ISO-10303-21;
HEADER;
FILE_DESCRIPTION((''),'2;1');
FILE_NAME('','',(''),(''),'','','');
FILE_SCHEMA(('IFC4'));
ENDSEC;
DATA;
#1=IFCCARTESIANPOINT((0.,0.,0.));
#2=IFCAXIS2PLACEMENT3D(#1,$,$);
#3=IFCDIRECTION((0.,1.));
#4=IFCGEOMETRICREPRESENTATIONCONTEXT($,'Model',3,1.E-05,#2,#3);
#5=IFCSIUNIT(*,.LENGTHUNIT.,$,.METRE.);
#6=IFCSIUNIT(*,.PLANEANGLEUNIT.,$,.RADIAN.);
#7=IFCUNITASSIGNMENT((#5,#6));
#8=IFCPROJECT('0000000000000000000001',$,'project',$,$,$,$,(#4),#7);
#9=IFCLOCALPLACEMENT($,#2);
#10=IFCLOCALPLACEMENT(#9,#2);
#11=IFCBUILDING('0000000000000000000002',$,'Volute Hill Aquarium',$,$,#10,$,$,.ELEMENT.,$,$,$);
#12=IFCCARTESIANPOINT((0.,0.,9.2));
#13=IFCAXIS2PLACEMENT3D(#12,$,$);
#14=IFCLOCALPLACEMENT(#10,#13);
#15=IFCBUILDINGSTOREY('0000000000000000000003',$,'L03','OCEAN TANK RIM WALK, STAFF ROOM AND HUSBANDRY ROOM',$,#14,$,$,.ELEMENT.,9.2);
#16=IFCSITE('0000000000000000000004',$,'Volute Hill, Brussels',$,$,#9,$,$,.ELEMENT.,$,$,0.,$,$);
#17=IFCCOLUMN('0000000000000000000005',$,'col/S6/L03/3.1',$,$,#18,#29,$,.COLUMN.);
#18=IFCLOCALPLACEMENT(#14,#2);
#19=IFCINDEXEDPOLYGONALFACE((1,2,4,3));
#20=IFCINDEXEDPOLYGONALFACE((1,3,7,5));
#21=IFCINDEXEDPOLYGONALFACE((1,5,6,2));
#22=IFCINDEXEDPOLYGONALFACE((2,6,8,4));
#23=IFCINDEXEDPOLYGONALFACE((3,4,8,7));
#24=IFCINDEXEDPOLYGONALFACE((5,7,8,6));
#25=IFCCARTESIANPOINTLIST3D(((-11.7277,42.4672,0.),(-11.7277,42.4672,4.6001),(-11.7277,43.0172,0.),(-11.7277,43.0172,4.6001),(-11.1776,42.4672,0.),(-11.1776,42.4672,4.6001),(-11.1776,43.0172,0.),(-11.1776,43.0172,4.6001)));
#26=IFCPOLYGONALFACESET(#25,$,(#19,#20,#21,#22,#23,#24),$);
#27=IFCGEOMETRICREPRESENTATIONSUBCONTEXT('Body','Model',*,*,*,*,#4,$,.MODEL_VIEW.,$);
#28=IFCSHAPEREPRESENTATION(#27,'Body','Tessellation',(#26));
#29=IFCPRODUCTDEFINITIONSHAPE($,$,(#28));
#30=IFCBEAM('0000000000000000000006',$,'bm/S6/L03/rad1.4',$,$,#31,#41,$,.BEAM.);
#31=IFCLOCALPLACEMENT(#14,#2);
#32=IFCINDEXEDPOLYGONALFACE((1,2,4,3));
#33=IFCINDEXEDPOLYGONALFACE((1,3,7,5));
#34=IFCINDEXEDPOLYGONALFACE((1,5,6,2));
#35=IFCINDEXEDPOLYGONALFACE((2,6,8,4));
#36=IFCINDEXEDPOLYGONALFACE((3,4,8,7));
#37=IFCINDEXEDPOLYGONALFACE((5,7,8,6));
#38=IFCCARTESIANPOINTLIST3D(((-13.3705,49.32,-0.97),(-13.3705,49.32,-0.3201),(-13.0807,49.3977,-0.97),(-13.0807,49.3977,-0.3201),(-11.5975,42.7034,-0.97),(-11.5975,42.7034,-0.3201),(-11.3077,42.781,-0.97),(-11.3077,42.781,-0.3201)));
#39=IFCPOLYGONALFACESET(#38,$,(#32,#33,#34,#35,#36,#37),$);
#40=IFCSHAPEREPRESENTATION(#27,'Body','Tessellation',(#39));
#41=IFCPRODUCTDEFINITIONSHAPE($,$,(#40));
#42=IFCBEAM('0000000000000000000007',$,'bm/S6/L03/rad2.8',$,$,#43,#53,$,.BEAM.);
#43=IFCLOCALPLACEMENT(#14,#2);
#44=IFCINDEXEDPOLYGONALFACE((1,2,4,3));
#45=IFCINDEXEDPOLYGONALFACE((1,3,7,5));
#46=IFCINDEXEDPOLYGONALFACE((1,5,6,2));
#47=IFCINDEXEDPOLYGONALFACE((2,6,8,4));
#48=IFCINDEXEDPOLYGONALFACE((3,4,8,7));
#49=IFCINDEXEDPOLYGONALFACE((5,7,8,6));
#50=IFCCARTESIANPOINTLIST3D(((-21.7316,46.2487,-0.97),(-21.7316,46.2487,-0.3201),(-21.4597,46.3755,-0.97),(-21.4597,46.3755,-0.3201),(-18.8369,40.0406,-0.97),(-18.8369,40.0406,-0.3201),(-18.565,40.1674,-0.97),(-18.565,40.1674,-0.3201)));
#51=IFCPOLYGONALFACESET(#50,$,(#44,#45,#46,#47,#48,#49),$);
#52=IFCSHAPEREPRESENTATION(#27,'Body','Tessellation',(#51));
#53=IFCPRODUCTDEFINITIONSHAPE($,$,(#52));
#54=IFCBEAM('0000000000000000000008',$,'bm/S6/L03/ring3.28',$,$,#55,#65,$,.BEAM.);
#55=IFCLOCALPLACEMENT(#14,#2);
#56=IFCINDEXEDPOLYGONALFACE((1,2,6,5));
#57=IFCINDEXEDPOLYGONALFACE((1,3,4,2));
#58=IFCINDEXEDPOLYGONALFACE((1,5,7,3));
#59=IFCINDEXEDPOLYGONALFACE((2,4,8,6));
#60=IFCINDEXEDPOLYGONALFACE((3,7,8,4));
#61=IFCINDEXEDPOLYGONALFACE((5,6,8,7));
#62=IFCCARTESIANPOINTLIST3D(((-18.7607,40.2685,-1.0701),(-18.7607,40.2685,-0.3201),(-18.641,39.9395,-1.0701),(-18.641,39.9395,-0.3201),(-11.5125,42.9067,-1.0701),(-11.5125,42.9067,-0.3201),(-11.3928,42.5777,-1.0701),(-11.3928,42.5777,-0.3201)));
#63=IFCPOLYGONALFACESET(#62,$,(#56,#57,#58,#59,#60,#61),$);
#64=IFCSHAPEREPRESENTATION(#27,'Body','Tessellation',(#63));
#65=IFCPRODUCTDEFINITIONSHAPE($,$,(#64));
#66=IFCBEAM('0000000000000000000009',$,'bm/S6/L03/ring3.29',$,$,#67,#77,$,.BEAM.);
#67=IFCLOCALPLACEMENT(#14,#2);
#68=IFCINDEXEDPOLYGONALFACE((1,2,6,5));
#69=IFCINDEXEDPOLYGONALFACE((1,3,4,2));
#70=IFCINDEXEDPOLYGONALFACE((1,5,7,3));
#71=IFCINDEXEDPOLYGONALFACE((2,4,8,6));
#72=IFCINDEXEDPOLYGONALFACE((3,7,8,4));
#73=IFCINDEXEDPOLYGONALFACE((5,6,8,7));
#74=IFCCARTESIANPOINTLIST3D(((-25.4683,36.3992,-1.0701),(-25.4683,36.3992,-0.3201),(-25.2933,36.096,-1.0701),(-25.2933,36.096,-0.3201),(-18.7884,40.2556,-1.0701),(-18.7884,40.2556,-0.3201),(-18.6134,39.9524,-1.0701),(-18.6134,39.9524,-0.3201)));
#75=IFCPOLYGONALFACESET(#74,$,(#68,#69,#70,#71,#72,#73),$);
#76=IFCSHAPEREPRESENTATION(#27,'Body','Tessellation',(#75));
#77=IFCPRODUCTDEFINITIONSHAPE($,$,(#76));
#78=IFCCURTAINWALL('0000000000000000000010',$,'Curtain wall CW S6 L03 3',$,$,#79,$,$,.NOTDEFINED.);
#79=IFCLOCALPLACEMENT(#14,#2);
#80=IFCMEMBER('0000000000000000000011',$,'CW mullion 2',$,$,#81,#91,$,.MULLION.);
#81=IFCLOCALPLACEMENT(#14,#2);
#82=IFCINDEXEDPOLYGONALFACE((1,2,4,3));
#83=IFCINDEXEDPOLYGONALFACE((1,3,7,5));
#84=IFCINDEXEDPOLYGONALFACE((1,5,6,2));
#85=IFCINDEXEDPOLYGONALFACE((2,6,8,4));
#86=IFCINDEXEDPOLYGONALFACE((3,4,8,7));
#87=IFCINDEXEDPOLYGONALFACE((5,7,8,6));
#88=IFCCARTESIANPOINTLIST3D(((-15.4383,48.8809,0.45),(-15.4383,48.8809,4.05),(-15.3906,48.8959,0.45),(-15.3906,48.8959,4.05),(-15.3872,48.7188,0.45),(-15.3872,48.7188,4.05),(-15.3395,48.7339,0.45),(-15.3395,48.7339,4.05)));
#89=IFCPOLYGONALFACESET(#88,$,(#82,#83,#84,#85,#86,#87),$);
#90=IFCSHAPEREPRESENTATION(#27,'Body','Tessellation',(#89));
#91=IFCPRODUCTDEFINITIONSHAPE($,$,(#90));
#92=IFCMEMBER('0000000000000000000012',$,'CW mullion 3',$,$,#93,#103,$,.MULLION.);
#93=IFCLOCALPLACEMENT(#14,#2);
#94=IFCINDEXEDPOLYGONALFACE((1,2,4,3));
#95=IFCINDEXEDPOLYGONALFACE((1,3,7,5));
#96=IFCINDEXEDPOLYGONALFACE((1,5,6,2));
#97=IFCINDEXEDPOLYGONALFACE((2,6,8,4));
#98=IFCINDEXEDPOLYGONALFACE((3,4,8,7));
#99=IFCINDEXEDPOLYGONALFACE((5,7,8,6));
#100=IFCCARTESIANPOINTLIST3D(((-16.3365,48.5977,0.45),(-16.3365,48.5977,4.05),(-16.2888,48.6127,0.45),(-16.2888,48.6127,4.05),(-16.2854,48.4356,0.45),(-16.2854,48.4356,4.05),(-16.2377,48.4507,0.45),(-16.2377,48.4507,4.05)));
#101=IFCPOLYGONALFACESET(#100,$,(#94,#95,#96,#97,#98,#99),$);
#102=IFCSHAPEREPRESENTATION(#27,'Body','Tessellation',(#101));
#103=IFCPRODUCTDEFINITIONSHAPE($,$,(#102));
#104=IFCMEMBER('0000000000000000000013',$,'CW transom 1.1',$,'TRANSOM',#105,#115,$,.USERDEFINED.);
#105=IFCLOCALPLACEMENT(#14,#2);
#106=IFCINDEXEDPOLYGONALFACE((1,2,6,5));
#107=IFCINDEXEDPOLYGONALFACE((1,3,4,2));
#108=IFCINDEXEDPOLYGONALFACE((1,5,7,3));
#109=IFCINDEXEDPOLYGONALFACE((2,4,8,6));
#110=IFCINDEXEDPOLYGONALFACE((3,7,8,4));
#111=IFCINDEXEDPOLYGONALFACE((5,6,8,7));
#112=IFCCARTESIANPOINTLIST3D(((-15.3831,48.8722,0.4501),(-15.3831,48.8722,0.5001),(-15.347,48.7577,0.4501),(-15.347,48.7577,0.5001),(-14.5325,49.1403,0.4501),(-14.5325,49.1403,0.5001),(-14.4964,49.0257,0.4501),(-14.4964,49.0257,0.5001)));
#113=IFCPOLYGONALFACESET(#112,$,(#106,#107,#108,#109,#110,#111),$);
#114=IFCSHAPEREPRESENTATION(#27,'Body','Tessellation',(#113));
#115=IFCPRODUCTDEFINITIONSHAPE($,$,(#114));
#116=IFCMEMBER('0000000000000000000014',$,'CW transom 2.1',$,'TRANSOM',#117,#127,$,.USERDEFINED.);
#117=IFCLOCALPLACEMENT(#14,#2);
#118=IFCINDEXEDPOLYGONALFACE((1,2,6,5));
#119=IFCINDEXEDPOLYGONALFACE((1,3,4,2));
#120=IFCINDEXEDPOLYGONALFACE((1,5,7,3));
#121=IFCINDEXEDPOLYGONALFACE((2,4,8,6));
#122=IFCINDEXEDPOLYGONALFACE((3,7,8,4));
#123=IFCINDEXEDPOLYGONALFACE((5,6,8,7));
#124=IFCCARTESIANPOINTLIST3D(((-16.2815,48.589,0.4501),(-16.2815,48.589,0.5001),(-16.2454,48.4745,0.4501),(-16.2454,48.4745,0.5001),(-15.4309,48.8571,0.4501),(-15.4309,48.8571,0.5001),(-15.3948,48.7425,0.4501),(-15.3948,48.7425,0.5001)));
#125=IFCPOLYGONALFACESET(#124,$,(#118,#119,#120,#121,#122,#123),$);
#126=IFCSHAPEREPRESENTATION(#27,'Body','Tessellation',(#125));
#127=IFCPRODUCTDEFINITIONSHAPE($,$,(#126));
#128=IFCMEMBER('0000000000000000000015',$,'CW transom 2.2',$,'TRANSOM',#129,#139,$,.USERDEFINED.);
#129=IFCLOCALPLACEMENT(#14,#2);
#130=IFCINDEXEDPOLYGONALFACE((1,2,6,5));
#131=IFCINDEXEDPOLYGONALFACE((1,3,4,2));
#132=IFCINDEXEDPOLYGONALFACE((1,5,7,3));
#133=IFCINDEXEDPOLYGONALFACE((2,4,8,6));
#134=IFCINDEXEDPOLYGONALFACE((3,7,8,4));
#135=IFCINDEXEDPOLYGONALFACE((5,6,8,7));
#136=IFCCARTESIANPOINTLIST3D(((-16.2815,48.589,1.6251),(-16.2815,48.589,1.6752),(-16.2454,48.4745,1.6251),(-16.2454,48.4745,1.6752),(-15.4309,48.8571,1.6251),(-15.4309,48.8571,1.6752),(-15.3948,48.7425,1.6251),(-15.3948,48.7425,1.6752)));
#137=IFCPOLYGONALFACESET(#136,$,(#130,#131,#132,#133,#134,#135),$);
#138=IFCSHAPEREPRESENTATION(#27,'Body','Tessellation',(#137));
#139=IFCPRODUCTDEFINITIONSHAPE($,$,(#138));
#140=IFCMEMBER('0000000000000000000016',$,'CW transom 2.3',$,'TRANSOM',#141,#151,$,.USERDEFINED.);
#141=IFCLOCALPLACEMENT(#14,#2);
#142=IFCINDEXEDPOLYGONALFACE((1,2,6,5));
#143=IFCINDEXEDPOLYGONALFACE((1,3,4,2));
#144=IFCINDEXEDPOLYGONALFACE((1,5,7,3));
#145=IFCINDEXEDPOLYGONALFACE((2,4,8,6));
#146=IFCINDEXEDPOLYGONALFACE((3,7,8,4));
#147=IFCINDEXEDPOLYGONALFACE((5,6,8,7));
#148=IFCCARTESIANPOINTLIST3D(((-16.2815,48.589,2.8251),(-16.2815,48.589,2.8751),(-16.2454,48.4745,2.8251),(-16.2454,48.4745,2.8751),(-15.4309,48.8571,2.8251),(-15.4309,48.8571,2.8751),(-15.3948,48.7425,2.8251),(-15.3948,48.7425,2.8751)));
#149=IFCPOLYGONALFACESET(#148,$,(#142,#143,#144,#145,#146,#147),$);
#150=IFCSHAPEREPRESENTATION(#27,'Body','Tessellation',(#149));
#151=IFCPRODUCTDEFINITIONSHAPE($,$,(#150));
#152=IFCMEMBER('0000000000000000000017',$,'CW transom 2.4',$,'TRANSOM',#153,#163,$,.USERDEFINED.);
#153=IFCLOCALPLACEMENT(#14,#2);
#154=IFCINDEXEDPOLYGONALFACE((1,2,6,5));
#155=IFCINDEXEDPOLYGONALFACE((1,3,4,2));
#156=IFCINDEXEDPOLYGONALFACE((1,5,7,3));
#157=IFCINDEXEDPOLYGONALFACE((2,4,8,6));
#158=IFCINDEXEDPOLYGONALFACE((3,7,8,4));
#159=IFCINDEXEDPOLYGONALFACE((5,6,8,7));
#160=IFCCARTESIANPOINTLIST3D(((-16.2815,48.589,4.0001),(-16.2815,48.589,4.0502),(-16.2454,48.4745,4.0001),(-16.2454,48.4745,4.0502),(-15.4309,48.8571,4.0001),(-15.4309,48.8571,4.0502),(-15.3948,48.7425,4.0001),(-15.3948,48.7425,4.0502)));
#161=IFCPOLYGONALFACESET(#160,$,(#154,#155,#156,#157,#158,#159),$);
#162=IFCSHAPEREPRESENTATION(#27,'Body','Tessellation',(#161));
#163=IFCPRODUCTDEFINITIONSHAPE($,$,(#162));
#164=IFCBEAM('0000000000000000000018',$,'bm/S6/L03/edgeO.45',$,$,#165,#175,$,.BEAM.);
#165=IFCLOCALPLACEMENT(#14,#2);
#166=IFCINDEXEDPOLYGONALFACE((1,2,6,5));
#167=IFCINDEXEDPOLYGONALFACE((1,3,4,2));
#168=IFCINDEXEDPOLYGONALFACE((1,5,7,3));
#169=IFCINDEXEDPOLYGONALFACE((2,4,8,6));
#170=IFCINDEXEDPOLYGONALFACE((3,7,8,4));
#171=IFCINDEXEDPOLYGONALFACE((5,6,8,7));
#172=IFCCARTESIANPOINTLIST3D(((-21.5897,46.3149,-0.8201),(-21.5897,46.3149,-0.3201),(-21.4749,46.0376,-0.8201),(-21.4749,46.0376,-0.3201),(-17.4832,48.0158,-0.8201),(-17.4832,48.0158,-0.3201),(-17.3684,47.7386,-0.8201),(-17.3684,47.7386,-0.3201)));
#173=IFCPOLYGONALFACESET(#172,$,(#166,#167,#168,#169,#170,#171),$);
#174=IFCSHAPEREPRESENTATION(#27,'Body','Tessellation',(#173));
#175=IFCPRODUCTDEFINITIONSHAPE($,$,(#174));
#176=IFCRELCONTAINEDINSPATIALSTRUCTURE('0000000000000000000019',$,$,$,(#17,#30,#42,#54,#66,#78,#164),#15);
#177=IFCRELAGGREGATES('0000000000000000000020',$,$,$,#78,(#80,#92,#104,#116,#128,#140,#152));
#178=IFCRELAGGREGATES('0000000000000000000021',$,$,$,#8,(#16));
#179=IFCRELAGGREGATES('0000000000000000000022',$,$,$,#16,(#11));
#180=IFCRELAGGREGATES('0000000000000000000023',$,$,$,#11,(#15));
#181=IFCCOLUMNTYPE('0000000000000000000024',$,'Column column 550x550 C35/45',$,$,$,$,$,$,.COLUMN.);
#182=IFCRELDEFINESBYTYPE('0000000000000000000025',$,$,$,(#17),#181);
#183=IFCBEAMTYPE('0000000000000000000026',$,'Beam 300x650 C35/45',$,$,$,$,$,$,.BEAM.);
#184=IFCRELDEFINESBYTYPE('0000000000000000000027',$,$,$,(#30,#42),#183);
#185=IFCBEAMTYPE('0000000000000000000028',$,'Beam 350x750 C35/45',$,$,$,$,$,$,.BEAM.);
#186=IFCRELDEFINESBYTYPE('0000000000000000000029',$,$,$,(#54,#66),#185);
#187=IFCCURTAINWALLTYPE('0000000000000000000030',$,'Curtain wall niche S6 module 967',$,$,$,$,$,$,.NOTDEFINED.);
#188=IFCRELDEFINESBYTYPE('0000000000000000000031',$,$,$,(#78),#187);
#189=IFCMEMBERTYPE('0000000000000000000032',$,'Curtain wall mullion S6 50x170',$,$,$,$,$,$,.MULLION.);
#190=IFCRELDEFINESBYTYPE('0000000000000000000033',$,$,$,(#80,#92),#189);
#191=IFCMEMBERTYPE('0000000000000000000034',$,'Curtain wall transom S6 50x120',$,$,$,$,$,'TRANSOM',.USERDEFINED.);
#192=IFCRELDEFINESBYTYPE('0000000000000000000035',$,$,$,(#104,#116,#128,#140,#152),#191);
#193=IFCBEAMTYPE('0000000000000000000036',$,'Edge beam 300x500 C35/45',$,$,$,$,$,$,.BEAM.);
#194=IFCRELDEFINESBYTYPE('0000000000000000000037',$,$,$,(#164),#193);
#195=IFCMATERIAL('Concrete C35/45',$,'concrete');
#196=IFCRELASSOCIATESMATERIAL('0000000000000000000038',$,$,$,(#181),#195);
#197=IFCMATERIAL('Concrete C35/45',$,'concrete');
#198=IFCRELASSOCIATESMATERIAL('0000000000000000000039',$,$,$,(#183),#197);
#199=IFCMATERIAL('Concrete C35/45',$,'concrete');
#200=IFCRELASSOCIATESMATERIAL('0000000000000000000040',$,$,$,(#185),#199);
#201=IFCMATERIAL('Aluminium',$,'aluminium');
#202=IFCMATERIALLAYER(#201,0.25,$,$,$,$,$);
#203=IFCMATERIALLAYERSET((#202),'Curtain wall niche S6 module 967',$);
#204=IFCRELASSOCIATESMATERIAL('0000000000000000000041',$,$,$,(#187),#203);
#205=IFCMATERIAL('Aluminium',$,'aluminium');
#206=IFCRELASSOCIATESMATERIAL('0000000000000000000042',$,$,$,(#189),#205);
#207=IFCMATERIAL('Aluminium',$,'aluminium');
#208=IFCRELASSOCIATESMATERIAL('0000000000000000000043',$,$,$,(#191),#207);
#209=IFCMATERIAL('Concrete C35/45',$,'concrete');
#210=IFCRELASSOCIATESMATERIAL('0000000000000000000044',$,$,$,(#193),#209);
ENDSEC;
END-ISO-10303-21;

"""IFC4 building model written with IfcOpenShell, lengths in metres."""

from ifc_helpers import new_model, si_unit, direction, frame, origin, origin_2d, place, context, subcontext, project, spatial, rectangle, extrude, material, layer, layer_set, material_profile, profile_set, type_object, element, aggregate, save


model = new_model("IFC4")

# Units and contexts
model_context = context("Model", 3, precision=1e-05, world=origin(), true_north=direction((0.0, 1.0)))
body_context = subcontext(model_context, "Body", "Model", "MODEL_VIEW")
ifc_project = project(units=[si_unit("LENGTHUNIT", "METRE"), si_unit("PLANEANGLEUNIT", "RADIAN")], contexts=[model_context])

# Site, building, storey
site_placement = place(None, origin())
site = spatial("IfcSite", under=ifc_project, at=site_placement, Name="Volute Hill, Brussels", CompositionType="ELEMENT", RefElevation=0.0)
building_placement = place(site_placement, origin())
building = spatial("IfcBuilding", under=site, at=building_placement, Name="Volute Hill Aquarium", CompositionType="ELEMENT")
storey_placement = place(building_placement, frame((0.0, 0.0, 9.2)))
storey = spatial("IfcBuildingStorey", under=building, at=storey_placement, Name="L03", Description="OCEAN TANK RIM WALK, STAFF ROOM AND HUSBANDRY ROOM", CompositionType="ELEMENT", Elevation=9.2)

# Column
ifc_material_1 = material(Name="Concrete C35/45", Category="concrete")
ifc_material_profile_1 = material_profile(ifc_material_1, rectangle(XDim=0.55, YDim=0.55, at=origin_2d()), Name="RC column 550x550")
ifc_profile_set_1 = profile_set([ifc_material_profile_1], Name="Concrete C35/45")
column_type = type_object("IfcColumnType", Name="Column column 550x550 C35/45", PredefinedType="COLUMN", material=ifc_profile_set_1)
column_placement = place(storey_placement, frame((-11.4526, 42.7422, 0.0), z_axis=(0.0, 0.0, 1.0), x_axis=(1.0, 0.0, 0.0)))
element("IfcColumn", 1, at=column_placement, inside=storey, type_object=column_type, Name="col/S6/L03/3.1", PredefinedType="COLUMN", context=body_context, shape_type="SweptSolid", body=[
    extrude(rectangle(XDim=0.55, YDim=0.55, at=origin_2d()), origin(), (0.0, 0.0, 1.0), 4.6001),
])

# Beams
ifc_material_2 = material(Name="Concrete C35/45", Category="concrete")
ifc_material_profile_2 = material_profile(ifc_material_2, rectangle(XDim=0.3, YDim=0.6499, at=origin_2d()), Name="RC beam 300x650")
ifc_profile_set_2 = profile_set([ifc_material_profile_2], Name="Concrete C35/45")
beam_type_1 = type_object("IfcBeamType", Name="Beam 300x650 C35/45", PredefinedType="BEAM", material=ifc_profile_set_2)
beam_1_placement = place(storey_placement, frame((-11.4526, 42.7422, -0.645), z_axis=(-0.25882, 0.965925, 0.0), x_axis=(-0.965925, -0.25882, 0.0)))
element("IfcBeam", 2, at=beam_1_placement, inside=storey, type_object=beam_type_1, Name="bm/S6/L03/rad1.4", PredefinedType="BEAM", context=body_context, shape_type="SweptSolid", body=[
    extrude(rectangle(XDim=0.3, YDim=0.6499, at=origin_2d()), origin(), (0.0, 0.0, 1.0), 6.8501),
])
beam_2_placement = place(storey_placement, frame((-18.7009, 40.104, -0.645), z_axis=(-0.422597, 0.906318, 0.0), x_axis=(-0.906318, -0.422597, 0.0)))
element("IfcBeam", 3, at=beam_2_placement, inside=storey, type_object=beam_type_1, Name="bm/S6/L03/rad2.8", PredefinedType="BEAM", context=body_context, shape_type="SweptSolid", body=[
    extrude(rectangle(XDim=0.3, YDim=0.6499, at=origin_2d()), origin(), (0.0, 0.0, 1.0), 6.8499),
])
ifc_material_3 = material(Name="Concrete C35/45", Category="concrete")
ifc_material_profile_3 = material_profile(ifc_material_3, rectangle(XDim=0.3501, YDim=0.75, at=origin_2d()), Name="RC beam 350x750")
ifc_profile_set_3 = profile_set([ifc_material_profile_3], Name="Concrete C35/45")
beam_type_2 = type_object("IfcBeamType", Name="Beam 350x750 C35/45", PredefinedType="BEAM", material=ifc_profile_set_3)
beam_3_placement = place(storey_placement, frame((-11.4526, 42.7422, -0.6951), z_axis=(-0.939692, -0.342023, 0.0), x_axis=(0.342023, -0.939692, 0.0)))
element("IfcBeam", 4, at=beam_3_placement, inside=storey, type_object=beam_type_2, Name="bm/S6/L03/ring3.28", PredefinedType="BEAM", context=body_context, shape_type="SweptSolid", body=[
    extrude(rectangle(XDim=0.3501, YDim=0.75, at=origin_2d()), origin(), (0.0, 0.0, 1.0), 7.7134),
])
beam_4_placement = place(storey_placement, frame((-18.7009, 40.104, -0.6951), z_axis=(-0.866037, -0.499979, 0.0), x_axis=(0.499979, -0.866037, 0.0)))
element("IfcBeam", 5, at=beam_4_placement, inside=storey, type_object=beam_type_2, Name="bm/S6/L03/ring3.29", PredefinedType="BEAM", context=body_context, shape_type="SweptSolid", body=[
    extrude(rectangle(XDim=0.3501, YDim=0.75, at=origin_2d()), origin(), (0.0, 0.0, 1.0), 7.7131),
])

# Curtain wall, members
ifc_material_4 = material(Name="Aluminium", Category="aluminium")
ifc_layer_1 = layer(ifc_material_4, 0.25)
ifc_layer_set_1 = layer_set([ifc_layer_1], Name="Curtain wall niche S6 module 967")
curtain_wall_type = type_object("IfcCurtainWallType", Name="Curtain wall niche S6 module 967", PredefinedType="NOTDEFINED", material=ifc_layer_set_1)
curtain_wall_placement = place(storey_placement, origin())
curtain_wall = element("IfcCurtainWall", 6, at=curtain_wall_placement, inside=storey, type_object=curtain_wall_type, Name="Curtain wall CW S6 L03 3", PredefinedType="NOTDEFINED")
ifc_material_5 = material(Name="Aluminium", Category="aluminium")
ifc_material_profile_4 = material_profile(ifc_material_5, rectangle(XDim=0.1699, YDim=0.05, at=origin_2d()), Name="Curtain wall mullion S6 50x170")
ifc_profile_set_4 = profile_set([ifc_material_profile_4], Name="Aluminium")
member_type_1 = type_object("IfcMemberType", Name="Curtain wall mullion S6 50x170", PredefinedType="MULLION", material=ifc_profile_set_4)
member_1_placement = place(storey_placement, frame((-15.3889, 48.8074, 0.45), z_axis=(0.0, 0.0, 1.0), x_axis=(0.300706, -0.953717, 0.0)))
member_1 = element("IfcMember", 7, at=member_1_placement, type_object=member_type_1, Name="CW mullion 2", PredefinedType="MULLION", context=body_context, shape_type="SweptSolid", body=[
    extrude(rectangle(XDim=0.1699, YDim=0.05, at=origin_2d()), origin(), (0.0, 0.0, 1.0), 3.6001),
])
member_2_placement = place(storey_placement, frame((-16.2871, 48.5242, 0.45), z_axis=(0.0, 0.0, 1.0), x_axis=(0.300706, -0.953717, 0.0)))
member_2 = element("IfcMember", 8, at=member_2_placement, type_object=member_type_1, Name="CW mullion 3", PredefinedType="MULLION", context=body_context, shape_type="SweptSolid", body=[
    extrude(rectangle(XDim=0.1699, YDim=0.05, at=origin_2d()), origin(), (0.0, 0.0, 1.0), 3.6001),
])
ifc_material_6 = material(Name="Aluminium", Category="aluminium")
ifc_material_profile_5 = material_profile(ifc_material_6, rectangle(XDim=0.1201, YDim=0.05, at=origin_2d()), Name="Curtain wall transom S6 50x120")
ifc_profile_set_5 = profile_set([ifc_material_profile_5], Name="Aluminium")
member_type_2 = type_object("IfcMemberType", Name="Curtain wall transom S6 50x120", ElementType="TRANSOM", PredefinedType="USERDEFINED", material=ifc_profile_set_5)
member_3_placement = place(storey_placement, frame((-14.5144, 49.083, 0.4751), z_axis=(-0.953756, -0.300581, 0.0), x_axis=(0.300581, -0.953756, 0.0)))
member_3 = element("IfcMember", 9, at=member_3_placement, type_object=member_type_2, Name="CW transom 1.1", ObjectType="TRANSOM", PredefinedType="USERDEFINED", context=body_context, shape_type="SweptSolid", body=[
    extrude(rectangle(XDim=0.1201, YDim=0.05, at=origin_2d()), origin(), (0.0, 0.0, 1.0), 0.8918),
])
member_4_placement = place(storey_placement, frame((-15.4128, 48.7998, 0.4751), z_axis=(-0.953756, -0.300581, 0.0), x_axis=(0.300581, -0.953756, 0.0)))
member_4 = element("IfcMember", 10, at=member_4_placement, type_object=member_type_2, Name="CW transom 2.1", ObjectType="TRANSOM", PredefinedType="USERDEFINED", context=body_context, shape_type="SweptSolid", body=[
    extrude(rectangle(XDim=0.1201, YDim=0.05, at=origin_2d()), origin(), (0.0, 0.0, 1.0), 0.8918),
])
member_5_placement = place(storey_placement, frame((-15.4128, 48.7998, 1.6501), z_axis=(-0.953756, -0.300581, 0.0), x_axis=(0.300581, -0.953756, 0.0)))
member_5 = element("IfcMember", 11, at=member_5_placement, type_object=member_type_2, Name="CW transom 2.2", ObjectType="TRANSOM", PredefinedType="USERDEFINED", context=body_context, shape_type="SweptSolid", body=[
    extrude(rectangle(XDim=0.1201, YDim=0.05, at=origin_2d()), origin(), (0.0, 0.0, 1.0), 0.8918),
])
member_6_placement = place(storey_placement, frame((-15.4128, 48.7998, 2.8501), z_axis=(-0.953756, -0.300581, 0.0), x_axis=(0.300581, -0.953756, 0.0)))
member_6 = element("IfcMember", 12, at=member_6_placement, type_object=member_type_2, Name="CW transom 2.3", ObjectType="TRANSOM", PredefinedType="USERDEFINED", context=body_context, shape_type="SweptSolid", body=[
    extrude(rectangle(XDim=0.1201, YDim=0.05, at=origin_2d()), origin(), (0.0, 0.0, 1.0), 0.8918),
])
member_7_placement = place(storey_placement, frame((-15.4128, 48.7998, 4.0251), z_axis=(-0.953756, -0.300581, 0.0), x_axis=(0.300581, -0.953756, 0.0)))
member_7 = element("IfcMember", 13, at=member_7_placement, type_object=member_type_2, Name="CW transom 2.4", ObjectType="TRANSOM", PredefinedType="USERDEFINED", context=body_context, shape_type="SweptSolid", body=[
    extrude(rectangle(XDim=0.1201, YDim=0.05, at=origin_2d()), origin(), (0.0, 0.0, 1.0), 0.8918),
])

# Beam
ifc_material_7 = material(Name="Concrete C35/45", Category="concrete")
ifc_material_profile_6 = material_profile(ifc_material_7, rectangle(XDim=0.3, YDim=0.5, at=origin_2d()), Name="RC edge beam 300x500")
ifc_profile_set_6 = profile_set([ifc_material_profile_6], Name="Concrete C35/45")
beam_type_3 = type_object("IfcBeamType", Name="Edge beam 300x500 C35/45", PredefinedType="BEAM", material=ifc_profile_set_6)
beam_5_placement = place(storey_placement, frame((-17.4258, 47.8772, -0.5701), z_axis=(-0.923881, -0.38268, 0.0), x_axis=(0.38268, -0.923881, 0.0)))
element("IfcBeam", 14, at=beam_5_placement, inside=storey, type_object=beam_type_3, Name="bm/S6/L03/edgeO.45", PredefinedType="BEAM", context=body_context, shape_type="SweptSolid", body=[
    extrude(rectangle(XDim=0.3, YDim=0.5, at=origin_2d()), origin(), (0.0, 0.0, 1.0), 4.4448),
])

aggregate(curtain_wall, [member_1, member_2, member_3, member_4, member_5, member_6, member_7])

save(model, "model.ifc")
